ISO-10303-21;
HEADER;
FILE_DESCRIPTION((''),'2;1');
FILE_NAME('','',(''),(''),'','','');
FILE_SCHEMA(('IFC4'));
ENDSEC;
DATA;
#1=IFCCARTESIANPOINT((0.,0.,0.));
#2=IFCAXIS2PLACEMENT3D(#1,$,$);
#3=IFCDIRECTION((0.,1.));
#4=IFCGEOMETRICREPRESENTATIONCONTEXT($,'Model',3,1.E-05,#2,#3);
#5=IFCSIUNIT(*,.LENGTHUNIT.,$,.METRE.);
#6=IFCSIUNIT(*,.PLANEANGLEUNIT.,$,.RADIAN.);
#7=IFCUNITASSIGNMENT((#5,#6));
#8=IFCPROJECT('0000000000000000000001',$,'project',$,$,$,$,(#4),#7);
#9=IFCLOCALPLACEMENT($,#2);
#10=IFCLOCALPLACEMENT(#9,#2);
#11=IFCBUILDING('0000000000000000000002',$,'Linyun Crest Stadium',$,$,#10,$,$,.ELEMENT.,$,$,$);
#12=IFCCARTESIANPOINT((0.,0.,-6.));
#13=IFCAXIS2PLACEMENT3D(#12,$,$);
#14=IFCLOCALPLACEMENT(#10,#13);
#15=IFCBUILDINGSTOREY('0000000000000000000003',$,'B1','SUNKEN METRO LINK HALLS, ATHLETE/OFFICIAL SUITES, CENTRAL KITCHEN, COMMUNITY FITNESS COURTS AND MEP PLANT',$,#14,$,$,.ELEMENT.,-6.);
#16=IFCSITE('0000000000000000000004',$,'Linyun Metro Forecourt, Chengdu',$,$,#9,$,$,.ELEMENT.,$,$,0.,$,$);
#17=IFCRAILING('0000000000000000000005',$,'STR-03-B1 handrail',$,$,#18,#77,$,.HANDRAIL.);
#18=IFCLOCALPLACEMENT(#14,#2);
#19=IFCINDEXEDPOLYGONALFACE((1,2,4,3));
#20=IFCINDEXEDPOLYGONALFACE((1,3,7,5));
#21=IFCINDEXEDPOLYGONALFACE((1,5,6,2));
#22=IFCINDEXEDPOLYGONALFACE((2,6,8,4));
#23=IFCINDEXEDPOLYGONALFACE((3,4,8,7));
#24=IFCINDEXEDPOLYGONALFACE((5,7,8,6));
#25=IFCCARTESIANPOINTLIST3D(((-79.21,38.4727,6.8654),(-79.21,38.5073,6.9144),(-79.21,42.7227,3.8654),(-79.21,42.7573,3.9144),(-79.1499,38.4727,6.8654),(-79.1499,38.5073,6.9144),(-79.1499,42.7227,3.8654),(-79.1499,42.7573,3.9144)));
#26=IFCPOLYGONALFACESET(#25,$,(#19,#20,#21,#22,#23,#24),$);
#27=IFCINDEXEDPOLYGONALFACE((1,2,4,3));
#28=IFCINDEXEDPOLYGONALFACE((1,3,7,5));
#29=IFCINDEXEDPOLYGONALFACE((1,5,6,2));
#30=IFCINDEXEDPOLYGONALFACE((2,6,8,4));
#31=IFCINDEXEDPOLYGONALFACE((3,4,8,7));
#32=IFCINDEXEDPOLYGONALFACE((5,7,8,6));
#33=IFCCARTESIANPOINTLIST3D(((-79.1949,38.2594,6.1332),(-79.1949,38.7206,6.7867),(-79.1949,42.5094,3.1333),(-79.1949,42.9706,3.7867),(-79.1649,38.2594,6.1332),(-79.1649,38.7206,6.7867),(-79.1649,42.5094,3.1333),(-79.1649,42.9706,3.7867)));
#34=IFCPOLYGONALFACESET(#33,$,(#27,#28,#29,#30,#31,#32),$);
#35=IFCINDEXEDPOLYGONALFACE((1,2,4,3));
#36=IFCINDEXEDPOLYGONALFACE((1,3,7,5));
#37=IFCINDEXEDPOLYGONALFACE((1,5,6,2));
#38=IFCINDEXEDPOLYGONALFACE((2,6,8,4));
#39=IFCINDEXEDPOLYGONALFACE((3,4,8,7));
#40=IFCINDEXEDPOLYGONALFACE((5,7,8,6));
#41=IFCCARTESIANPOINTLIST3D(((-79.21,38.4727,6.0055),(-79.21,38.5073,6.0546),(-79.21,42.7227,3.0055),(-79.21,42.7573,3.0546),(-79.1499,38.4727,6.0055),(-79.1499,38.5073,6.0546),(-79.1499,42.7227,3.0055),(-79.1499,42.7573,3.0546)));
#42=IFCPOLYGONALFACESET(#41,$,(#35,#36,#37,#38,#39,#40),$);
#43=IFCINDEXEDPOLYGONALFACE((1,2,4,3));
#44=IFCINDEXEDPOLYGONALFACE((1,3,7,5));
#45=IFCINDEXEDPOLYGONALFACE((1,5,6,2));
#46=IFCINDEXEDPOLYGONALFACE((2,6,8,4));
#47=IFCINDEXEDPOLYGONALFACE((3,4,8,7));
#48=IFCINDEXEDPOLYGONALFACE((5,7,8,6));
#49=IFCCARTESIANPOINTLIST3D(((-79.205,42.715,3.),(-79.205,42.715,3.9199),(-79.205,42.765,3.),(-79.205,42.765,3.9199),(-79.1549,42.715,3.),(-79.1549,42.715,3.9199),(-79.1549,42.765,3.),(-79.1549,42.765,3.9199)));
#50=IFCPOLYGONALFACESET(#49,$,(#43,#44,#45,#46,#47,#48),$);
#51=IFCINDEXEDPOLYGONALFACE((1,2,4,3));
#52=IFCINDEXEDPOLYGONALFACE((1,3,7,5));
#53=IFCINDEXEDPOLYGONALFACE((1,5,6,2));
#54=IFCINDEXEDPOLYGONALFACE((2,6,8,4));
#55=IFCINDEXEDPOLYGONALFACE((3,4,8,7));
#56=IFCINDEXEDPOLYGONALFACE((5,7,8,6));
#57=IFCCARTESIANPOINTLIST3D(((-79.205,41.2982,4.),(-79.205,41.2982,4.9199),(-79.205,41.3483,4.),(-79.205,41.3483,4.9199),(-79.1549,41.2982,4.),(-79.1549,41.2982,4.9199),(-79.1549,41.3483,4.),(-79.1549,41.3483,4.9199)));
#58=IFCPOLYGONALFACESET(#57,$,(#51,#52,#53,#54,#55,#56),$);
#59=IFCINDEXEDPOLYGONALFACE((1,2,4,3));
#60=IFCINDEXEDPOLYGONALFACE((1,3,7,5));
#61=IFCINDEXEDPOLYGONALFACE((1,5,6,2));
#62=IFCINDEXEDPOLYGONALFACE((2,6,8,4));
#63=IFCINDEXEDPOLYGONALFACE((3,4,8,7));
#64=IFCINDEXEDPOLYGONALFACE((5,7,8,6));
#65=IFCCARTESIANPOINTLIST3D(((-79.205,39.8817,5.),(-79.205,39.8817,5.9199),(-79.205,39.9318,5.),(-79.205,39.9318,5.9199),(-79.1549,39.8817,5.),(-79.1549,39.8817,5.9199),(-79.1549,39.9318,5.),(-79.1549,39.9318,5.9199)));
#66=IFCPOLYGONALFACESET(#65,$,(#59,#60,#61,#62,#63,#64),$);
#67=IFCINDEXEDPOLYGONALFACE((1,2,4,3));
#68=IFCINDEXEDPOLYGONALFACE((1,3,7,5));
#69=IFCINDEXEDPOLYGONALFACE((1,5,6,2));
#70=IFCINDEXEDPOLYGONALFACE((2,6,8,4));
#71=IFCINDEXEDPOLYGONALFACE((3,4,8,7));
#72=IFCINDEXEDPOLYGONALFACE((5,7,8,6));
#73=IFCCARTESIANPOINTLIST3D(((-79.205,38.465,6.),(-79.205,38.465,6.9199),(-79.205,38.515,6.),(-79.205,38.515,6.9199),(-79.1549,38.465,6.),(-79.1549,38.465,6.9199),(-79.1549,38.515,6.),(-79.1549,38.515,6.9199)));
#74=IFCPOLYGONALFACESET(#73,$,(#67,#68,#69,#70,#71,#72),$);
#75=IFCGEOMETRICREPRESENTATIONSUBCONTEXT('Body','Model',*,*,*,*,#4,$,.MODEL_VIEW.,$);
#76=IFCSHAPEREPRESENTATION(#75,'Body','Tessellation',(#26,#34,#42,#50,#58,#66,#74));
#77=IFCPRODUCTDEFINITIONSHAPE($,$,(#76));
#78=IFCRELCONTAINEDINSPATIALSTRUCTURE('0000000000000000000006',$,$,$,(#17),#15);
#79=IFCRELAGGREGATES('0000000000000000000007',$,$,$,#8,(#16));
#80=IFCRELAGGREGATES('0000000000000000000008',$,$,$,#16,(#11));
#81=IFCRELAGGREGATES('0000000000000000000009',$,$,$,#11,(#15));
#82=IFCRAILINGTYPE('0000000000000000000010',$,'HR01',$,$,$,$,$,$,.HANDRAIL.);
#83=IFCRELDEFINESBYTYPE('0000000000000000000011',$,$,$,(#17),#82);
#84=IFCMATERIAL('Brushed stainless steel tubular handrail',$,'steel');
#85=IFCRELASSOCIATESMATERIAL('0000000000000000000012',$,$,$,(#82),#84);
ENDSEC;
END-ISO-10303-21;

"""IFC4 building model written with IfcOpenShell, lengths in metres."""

from ifc_helpers import new_model, si_unit, direction, frame, origin, origin_2d, place, context, subcontext, project, spatial, rectangle, extrude, material, type_object, element, save


model = new_model("IFC4")

# Units and contexts
model_context = context("Model", 3, precision=1e-05, world=origin(), true_north=direction((0.0, 1.0)))
body_context = subcontext(model_context, "Body", "Model", "MODEL_VIEW")
ifc_project = project(units=[si_unit("LENGTHUNIT", "METRE"), si_unit("PLANEANGLEUNIT", "RADIAN")], contexts=[model_context])

# Site, building, storey
site_placement = place(None, origin())
site = spatial("IfcSite", under=ifc_project, at=site_placement, Name="Linyun Metro Forecourt, Chengdu", CompositionType="ELEMENT", RefElevation=0.0)
building_placement = place(site_placement, origin())
building = spatial("IfcBuilding", under=site, at=building_placement, Name="Linyun Crest Stadium", CompositionType="ELEMENT")
storey_placement = place(building_placement, frame((0.0, 0.0, -6.0)))
storey = spatial("IfcBuildingStorey", under=building, at=storey_placement, Name="B1", Description="SUNKEN METRO LINK HALLS, ATHLETE/OFFICIAL SUITES, CENTRAL KITCHEN, COMMUNITY FITNESS COURTS AND MEP PLANT", CompositionType="ELEMENT", Elevation=-6.0)

# Railing
ifc_material_1 = material(Name="Brushed stainless steel tubular handrail", Category="steel")
railing_type_1 = type_object("IfcRailingType", Name="HR01", PredefinedType="HANDRAIL", material=ifc_material_1)
railing_1_placement = place(storey_placement, frame((-79.1799, 42.74, 3.0)))
element("IfcRailing", 1, at=railing_1_placement, inside=storey, type_object=railing_type_1, Name="STR-03-B1 handrail", PredefinedType="HANDRAIL", context=body_context, shape_type="SweptSolid", body=[
    extrude(rectangle(XDim=0.0601, YDim=0.0601, at=origin_2d()), frame((0.0, 0.0, 0.8899), z_axis=(0.0, -0.816968, 0.576683), x_axis=(1.0, 0.0, 0.0)), (0.0, 0.0, 1.0), 5.2021),
    extrude(rectangle(XDim=0.03, YDim=0.7998, at=origin_2d()), frame((0.0, 0.0, 0.46), z_axis=(0.0, -0.816968, 0.576683), x_axis=(1.0, 0.0, 0.0)), (0.0, 0.0, 1.0), 5.2021),
    extrude(rectangle(XDim=0.0601, YDim=0.0601, at=origin_2d()), frame((0.0, 0.0, 0.03), z_axis=(0.0, -0.816968, 0.576683), x_axis=(1.0, 0.0, 0.0)), (0.0, 0.0, 1.0), 5.2021),
    extrude(rectangle(XDim=0.05, YDim=0.05, at=origin_2d()), origin(), (0.0, 0.0, 1.0), 0.9199),
    extrude(rectangle(XDim=0.05, YDim=0.05, at=origin_2d()), frame((0.0, -1.4167, 1.0)), (0.0, 0.0, 1.0), 0.9199),
    extrude(rectangle(XDim=0.05, YDim=0.05, at=origin_2d()), frame((0.0, -2.8333, 2.0)), (0.0, 0.0, 1.0), 0.9199),
    extrude(rectangle(XDim=0.05, YDim=0.05, at=origin_2d()), frame((0.0, -4.25, 3.0)), (0.0, 0.0, 1.0), 0.9199),
])

save(model, "model.ifc")
